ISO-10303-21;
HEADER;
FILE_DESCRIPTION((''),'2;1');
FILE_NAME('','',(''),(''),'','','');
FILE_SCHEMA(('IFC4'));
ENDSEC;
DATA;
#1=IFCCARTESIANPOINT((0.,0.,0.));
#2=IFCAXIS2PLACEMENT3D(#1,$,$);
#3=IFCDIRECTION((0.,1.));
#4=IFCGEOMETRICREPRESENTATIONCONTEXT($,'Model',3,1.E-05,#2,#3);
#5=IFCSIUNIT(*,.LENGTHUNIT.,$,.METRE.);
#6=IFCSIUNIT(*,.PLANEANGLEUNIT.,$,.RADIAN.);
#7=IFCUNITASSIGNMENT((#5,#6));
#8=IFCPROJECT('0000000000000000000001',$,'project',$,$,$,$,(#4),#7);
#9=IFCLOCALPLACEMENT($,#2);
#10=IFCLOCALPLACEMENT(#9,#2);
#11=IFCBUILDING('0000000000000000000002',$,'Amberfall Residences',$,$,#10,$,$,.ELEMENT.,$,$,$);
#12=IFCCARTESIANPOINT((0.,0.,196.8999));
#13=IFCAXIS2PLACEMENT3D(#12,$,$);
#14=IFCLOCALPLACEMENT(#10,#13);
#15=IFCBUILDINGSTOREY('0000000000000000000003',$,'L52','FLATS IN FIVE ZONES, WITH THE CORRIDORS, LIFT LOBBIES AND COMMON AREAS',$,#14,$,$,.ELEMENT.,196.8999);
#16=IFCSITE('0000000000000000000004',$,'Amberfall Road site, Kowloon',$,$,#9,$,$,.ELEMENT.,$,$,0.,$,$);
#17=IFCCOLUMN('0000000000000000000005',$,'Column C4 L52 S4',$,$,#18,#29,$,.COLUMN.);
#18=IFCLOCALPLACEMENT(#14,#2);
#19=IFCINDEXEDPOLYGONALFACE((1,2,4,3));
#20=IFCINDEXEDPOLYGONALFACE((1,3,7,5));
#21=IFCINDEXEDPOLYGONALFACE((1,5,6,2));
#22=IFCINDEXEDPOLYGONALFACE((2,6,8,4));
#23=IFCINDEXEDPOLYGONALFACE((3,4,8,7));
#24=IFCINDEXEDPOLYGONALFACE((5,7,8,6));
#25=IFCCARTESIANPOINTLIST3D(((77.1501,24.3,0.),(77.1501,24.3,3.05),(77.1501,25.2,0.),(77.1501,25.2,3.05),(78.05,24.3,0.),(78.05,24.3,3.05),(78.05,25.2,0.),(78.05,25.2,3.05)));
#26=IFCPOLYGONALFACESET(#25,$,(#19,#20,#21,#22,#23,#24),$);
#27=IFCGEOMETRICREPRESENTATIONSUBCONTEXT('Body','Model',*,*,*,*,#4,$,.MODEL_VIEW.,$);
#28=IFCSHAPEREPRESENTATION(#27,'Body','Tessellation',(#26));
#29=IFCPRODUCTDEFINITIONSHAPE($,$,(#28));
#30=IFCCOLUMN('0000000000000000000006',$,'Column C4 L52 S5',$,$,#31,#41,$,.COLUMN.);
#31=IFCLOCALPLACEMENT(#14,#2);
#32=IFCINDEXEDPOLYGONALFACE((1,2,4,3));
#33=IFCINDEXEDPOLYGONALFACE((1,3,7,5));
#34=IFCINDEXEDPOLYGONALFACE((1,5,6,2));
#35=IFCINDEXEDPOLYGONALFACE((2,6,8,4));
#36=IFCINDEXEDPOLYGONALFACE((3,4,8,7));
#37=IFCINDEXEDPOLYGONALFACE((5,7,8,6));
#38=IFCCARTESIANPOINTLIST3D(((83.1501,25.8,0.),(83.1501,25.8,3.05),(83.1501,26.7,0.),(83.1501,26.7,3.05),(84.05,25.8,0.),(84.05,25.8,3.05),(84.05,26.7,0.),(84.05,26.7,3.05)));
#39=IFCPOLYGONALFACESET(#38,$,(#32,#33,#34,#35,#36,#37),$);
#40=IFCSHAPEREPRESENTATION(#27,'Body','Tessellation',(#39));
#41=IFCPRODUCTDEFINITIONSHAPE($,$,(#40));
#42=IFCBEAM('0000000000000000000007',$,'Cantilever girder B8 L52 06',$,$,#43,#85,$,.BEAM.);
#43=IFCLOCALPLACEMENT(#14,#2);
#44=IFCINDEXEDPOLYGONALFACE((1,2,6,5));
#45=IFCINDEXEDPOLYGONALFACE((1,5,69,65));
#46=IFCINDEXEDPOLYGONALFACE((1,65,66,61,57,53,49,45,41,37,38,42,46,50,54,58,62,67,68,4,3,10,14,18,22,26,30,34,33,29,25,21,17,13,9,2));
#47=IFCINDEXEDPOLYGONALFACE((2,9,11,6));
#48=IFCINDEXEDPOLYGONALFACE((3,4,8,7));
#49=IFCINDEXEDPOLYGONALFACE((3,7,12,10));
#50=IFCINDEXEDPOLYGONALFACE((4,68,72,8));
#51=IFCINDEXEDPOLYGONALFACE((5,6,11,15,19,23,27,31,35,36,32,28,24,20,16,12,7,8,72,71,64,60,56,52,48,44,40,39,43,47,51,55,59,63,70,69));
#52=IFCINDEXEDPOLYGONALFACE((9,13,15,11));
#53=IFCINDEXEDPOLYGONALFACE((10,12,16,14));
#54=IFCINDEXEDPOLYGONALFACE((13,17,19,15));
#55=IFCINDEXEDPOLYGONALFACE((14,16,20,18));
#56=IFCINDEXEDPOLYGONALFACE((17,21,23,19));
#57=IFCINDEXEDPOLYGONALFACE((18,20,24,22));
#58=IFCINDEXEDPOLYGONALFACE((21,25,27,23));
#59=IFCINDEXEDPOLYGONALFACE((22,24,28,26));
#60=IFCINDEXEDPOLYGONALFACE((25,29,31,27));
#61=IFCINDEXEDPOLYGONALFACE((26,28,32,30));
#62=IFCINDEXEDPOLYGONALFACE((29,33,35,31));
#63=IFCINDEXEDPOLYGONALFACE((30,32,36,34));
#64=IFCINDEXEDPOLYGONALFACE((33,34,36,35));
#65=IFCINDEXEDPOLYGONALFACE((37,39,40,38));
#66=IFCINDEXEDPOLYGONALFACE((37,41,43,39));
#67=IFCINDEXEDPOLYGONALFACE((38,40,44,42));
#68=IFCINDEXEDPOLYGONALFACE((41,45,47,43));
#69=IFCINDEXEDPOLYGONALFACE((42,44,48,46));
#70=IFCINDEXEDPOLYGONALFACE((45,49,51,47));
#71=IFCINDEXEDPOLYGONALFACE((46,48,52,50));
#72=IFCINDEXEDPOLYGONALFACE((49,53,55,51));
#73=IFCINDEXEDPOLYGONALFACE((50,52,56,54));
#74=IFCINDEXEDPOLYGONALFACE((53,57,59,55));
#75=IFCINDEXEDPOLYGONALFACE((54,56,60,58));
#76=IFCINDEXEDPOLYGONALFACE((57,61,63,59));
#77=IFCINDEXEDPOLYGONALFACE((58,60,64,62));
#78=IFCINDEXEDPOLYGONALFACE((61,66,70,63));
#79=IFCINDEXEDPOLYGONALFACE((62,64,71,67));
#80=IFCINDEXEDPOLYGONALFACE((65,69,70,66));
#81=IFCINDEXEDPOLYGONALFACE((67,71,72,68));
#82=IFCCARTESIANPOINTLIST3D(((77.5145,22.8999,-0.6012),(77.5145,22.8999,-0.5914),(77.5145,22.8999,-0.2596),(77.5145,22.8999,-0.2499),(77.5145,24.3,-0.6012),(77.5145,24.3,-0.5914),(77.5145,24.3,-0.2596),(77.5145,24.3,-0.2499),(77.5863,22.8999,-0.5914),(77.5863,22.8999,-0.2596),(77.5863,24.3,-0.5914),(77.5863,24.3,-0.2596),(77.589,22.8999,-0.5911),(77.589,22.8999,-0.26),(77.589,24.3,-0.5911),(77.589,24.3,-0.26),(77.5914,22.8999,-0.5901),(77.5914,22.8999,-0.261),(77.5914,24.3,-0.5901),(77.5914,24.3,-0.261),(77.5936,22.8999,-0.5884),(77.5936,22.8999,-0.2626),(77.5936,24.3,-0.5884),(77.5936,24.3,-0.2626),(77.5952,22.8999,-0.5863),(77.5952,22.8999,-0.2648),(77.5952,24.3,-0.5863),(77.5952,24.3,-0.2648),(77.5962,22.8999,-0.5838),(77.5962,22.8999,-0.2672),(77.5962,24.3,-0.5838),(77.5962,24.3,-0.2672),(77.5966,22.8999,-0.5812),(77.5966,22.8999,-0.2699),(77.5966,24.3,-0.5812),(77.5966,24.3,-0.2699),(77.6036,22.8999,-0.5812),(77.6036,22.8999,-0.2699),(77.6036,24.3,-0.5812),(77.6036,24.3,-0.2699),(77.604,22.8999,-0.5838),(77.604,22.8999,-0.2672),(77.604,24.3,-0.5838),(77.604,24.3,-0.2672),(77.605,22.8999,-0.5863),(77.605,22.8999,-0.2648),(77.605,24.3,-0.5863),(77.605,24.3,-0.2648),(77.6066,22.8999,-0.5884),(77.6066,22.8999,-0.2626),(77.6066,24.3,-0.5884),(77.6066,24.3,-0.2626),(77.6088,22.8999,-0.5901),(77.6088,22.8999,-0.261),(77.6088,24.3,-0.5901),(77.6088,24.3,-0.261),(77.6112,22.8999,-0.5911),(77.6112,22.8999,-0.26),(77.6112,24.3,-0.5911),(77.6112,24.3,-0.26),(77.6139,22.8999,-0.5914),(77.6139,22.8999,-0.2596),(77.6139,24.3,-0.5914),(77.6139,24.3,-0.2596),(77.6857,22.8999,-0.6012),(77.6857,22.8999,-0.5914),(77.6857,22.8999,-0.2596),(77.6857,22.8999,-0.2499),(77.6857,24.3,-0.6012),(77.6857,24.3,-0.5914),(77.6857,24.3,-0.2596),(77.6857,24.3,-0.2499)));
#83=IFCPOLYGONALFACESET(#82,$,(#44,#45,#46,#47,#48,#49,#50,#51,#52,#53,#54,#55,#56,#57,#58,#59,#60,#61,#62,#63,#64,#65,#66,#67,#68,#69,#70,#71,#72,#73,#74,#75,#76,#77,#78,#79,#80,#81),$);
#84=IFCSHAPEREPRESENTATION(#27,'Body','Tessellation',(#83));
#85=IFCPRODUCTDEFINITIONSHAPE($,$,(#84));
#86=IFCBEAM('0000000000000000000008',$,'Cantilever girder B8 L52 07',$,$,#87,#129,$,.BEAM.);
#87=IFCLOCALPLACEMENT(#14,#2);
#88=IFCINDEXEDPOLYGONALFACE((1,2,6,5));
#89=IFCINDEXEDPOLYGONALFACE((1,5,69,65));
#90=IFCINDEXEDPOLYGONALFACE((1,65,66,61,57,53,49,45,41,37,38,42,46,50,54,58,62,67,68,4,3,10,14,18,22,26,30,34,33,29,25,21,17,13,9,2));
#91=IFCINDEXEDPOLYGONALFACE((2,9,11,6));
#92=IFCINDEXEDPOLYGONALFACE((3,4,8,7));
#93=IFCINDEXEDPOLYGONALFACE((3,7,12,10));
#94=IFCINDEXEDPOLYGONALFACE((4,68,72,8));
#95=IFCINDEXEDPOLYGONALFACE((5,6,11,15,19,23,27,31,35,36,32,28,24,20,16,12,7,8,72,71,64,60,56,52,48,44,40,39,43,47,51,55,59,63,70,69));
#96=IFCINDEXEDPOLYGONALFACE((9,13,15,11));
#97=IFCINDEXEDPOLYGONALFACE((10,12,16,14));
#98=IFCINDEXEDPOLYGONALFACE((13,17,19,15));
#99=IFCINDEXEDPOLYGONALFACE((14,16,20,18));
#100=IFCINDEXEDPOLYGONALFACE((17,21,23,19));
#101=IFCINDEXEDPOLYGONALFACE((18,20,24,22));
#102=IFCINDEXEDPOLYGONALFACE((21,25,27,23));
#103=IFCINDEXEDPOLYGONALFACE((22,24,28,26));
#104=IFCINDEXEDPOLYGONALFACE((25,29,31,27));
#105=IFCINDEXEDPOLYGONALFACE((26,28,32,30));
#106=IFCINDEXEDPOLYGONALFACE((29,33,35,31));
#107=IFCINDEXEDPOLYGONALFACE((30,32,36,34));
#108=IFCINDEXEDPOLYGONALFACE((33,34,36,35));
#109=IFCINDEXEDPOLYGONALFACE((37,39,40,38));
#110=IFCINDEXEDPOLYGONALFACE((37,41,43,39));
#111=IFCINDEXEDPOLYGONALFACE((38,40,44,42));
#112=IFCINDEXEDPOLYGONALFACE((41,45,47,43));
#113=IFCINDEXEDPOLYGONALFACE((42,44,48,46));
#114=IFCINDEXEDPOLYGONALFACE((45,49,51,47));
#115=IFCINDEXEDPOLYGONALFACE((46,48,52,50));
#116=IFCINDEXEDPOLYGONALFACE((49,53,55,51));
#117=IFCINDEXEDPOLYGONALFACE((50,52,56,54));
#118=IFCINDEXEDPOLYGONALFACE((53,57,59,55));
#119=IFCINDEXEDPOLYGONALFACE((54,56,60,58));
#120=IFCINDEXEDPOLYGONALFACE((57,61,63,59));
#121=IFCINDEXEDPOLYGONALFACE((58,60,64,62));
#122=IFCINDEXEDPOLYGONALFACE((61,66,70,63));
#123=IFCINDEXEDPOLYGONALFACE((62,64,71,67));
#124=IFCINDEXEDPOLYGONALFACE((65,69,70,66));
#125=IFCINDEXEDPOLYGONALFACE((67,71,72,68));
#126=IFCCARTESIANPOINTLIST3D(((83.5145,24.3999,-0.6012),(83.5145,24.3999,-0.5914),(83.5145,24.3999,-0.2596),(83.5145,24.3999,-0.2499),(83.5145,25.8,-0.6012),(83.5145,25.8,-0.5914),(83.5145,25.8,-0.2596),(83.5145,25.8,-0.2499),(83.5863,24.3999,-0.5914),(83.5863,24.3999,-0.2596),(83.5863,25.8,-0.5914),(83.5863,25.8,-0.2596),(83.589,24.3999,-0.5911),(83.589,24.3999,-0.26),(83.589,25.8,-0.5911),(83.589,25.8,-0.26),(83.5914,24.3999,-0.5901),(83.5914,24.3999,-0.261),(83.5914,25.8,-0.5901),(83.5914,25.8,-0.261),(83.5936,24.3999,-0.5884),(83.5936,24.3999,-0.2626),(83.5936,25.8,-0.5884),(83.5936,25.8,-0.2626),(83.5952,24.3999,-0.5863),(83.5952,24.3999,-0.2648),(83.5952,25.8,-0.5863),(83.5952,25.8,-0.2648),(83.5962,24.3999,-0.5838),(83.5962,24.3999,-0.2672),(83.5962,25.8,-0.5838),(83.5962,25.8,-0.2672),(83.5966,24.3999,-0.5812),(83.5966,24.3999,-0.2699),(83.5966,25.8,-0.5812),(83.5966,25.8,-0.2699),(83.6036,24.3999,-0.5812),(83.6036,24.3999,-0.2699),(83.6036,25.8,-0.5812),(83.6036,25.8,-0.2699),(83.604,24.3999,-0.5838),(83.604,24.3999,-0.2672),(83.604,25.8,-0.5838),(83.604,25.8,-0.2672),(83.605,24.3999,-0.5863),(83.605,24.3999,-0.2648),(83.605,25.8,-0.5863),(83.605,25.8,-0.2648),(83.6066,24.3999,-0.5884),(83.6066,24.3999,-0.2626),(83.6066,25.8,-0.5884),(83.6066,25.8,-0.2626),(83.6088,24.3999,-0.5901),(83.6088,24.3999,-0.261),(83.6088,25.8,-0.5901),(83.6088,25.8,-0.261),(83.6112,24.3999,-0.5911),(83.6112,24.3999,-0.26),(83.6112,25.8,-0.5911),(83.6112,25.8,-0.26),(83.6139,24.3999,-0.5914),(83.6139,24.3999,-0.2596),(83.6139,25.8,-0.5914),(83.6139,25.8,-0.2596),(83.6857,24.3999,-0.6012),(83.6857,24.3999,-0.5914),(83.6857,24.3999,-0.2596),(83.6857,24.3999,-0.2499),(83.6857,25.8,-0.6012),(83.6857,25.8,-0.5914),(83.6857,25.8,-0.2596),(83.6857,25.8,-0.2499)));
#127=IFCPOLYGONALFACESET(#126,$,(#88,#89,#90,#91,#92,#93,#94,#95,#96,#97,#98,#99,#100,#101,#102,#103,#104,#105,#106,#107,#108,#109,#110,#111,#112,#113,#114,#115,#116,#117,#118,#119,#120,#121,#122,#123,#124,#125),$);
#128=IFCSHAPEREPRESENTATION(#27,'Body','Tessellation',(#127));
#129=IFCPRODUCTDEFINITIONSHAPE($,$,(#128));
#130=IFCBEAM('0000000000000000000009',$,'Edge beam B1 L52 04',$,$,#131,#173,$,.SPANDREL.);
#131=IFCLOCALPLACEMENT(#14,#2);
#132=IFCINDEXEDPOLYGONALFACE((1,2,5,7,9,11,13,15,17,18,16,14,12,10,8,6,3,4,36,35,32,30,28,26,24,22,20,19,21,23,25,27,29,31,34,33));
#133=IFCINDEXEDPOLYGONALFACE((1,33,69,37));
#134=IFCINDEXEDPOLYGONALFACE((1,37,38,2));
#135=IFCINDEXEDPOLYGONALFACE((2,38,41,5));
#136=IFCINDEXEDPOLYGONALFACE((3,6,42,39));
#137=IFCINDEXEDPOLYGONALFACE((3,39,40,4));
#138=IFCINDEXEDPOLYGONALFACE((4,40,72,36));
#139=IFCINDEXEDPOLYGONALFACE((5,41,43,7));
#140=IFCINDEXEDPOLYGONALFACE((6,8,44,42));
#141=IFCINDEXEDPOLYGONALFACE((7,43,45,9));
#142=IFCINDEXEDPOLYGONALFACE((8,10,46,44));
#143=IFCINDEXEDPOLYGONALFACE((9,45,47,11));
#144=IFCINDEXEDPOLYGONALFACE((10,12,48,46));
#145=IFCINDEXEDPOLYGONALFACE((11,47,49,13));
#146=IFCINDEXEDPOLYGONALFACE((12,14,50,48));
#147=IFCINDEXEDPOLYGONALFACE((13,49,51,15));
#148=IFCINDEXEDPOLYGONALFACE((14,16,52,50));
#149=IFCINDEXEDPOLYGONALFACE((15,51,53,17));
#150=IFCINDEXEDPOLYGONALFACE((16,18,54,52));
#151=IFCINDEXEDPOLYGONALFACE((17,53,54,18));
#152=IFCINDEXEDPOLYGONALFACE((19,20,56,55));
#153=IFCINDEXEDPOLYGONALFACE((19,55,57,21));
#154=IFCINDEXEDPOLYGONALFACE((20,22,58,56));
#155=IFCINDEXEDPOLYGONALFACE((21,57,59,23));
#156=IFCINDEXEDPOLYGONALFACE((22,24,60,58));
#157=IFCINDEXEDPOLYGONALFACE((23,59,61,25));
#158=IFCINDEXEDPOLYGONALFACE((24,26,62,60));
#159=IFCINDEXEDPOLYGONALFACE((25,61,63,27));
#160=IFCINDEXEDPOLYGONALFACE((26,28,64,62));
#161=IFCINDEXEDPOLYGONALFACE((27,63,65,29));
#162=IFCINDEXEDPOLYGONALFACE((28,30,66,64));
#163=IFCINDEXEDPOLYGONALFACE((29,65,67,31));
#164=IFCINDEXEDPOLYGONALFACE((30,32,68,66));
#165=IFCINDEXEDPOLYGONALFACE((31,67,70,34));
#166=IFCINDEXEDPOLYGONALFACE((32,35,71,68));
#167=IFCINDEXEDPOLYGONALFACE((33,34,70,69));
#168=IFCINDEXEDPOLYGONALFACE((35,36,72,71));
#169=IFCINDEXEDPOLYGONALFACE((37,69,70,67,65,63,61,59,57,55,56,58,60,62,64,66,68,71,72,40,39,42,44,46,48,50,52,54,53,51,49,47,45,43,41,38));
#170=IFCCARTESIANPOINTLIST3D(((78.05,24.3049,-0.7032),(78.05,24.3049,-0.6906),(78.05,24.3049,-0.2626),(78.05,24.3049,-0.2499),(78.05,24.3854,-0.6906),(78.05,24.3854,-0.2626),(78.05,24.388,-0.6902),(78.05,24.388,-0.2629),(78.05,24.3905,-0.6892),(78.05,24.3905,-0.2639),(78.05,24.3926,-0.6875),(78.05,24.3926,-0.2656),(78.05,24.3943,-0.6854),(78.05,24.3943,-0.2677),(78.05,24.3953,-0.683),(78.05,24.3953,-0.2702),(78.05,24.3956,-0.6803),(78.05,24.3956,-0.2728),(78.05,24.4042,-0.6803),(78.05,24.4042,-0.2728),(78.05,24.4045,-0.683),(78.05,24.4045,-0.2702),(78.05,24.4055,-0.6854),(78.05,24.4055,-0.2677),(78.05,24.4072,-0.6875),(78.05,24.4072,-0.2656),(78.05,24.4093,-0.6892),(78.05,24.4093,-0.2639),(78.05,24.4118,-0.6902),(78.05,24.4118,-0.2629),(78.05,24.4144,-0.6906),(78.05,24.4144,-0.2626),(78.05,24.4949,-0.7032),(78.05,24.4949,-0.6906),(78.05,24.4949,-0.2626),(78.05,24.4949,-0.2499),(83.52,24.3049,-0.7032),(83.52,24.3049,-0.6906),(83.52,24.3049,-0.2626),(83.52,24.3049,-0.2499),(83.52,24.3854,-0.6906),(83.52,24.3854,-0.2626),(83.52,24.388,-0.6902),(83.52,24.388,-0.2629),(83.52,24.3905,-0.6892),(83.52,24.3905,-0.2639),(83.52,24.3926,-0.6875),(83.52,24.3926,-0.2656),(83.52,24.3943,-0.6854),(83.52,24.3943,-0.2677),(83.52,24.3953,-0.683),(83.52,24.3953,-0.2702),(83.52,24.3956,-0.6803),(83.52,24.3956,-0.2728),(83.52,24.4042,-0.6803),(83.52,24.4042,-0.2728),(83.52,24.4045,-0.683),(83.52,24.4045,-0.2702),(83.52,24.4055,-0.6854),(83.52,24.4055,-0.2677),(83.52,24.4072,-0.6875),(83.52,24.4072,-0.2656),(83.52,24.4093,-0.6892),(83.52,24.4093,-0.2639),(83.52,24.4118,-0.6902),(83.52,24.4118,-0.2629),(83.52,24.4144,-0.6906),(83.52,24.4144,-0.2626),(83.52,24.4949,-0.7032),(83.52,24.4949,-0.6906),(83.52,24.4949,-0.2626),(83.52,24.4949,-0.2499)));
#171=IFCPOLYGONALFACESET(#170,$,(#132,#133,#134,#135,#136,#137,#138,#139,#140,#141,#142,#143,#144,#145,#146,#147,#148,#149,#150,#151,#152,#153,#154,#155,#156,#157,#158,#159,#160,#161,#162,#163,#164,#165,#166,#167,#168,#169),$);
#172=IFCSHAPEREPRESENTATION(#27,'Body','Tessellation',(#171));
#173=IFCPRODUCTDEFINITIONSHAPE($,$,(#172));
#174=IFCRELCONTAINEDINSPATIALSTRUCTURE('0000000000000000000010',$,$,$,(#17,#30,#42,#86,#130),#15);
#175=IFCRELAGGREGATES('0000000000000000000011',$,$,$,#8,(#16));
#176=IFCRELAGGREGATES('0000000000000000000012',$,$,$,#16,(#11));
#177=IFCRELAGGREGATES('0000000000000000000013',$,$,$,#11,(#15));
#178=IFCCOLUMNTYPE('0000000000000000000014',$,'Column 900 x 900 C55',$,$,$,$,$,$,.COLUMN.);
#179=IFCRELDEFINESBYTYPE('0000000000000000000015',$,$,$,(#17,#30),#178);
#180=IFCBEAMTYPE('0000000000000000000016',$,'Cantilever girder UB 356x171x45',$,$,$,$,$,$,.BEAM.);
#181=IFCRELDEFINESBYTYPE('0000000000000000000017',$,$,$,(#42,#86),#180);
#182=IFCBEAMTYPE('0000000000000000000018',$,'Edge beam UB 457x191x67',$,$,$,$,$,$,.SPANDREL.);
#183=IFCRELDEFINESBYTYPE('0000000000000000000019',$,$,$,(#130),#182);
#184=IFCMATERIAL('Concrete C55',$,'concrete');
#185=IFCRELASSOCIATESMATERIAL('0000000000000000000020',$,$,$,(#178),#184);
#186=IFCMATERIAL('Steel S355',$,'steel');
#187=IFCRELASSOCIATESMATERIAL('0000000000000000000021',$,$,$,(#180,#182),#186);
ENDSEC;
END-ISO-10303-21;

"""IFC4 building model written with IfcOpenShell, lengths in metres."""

from ifc_helpers import new_model, si_unit, direction, frame, origin, origin_2d, place, context, subcontext, project, spatial, rectangle, i_section, extrude, material, material_profile, profile_set, type_object, element, save


model = new_model("IFC4")

# Units and contexts
model_context = context("Model", 3, precision=1e-05, world=origin(), true_north=direction((0.0, 1.0)))
body_context = subcontext(model_context, "Body", "Model", "MODEL_VIEW")
ifc_project = project(units=[si_unit("LENGTHUNIT", "METRE"), si_unit("PLANEANGLEUNIT", "RADIAN")], contexts=[model_context])

# Site, building, storey
site_placement = place(None, origin())
site = spatial("IfcSite", under=ifc_project, at=site_placement, Name="Amberfall Road site, Kowloon", CompositionType="ELEMENT", RefElevation=0.0)
building_placement = place(site_placement, origin())
building = spatial("IfcBuilding", under=site, at=building_placement, Name="Amberfall Residences", CompositionType="ELEMENT")
storey_placement = place(building_placement, frame((0.0, 0.0, 196.8999)))
storey = spatial("IfcBuildingStorey", under=building, at=storey_placement, Name="L52", Description="FLATS IN FIVE ZONES, WITH THE CORRIDORS, LIFT LOBBIES AND COMMON AREAS", CompositionType="ELEMENT", Elevation=196.8999)

# Columns
ifc_material_1 = material(Name="Concrete C55", Category="concrete")
ifc_material_profile_1 = material_profile(ifc_material_1, rectangle(XDim=0.8999, YDim=0.8999, at=origin_2d()), Name="Column 900 x 900 C55")
ifc_profile_set_1 = profile_set([ifc_material_profile_1], Name="Concrete C55")
column_type = type_object("IfcColumnType", Name="Column 900 x 900 C55", PredefinedType="COLUMN", material=ifc_profile_set_1)
for number, where, z_axis, x_axis, name in (
    (1, (77.6001, 24.75, 0.0), (0.0, 0.0, 1.0), (1.0, 0.0, 0.0), "Column C4 L52 S4"),
    (2, (83.6001, 26.25, 0.0), (0.0, 0.0, 1.0), (1.0, 0.0, 0.0), "Column C4 L52 S5"),
):
    element("IfcColumn", number, at=place(storey_placement, frame(where, z_axis=z_axis, x_axis=x_axis)), inside=storey, type_object=column_type, Name=name, PredefinedType="COLUMN", context=body_context, shape_type="SweptSolid", body=[
        extrude(rectangle(XDim=0.8999, YDim=0.8999, at=origin_2d()), origin(), (0.0, 0.0, 1.0), 3.05),
    ])

# Beams
ifc_material_2 = material(Name="Steel S355", Category="steel")
ifc_material_profile_2 = material_profile(ifc_material_2, i_section(OverallWidth=0.1711, OverallDepth=0.3513, WebThickness=0.0071, FlangeThickness=0.0098, FilletRadius=0.0103, at=origin_2d()), Name="UB 356x171x45")
ifc_profile_set_2 = profile_set([ifc_material_profile_2], Name="Steel S355")
beam_type_1 = type_object("IfcBeamType", Name="Cantilever girder UB 356x171x45", PredefinedType="BEAM", material=ifc_profile_set_2)
for number, where, z_axis, x_axis, name in (
    (3, (77.6001, 24.3, -0.4255), (0.0, -1.0, 0.0), (1.0, 0.0, 0.0), "Cantilever girder B8 L52 06"),
    (4, (83.6001, 25.8, -0.4255), (0.0, -1.0, 0.0), (1.0, 0.0, 0.0), "Cantilever girder B8 L52 07"),
):
    element("IfcBeam", number, at=place(storey_placement, frame(where, z_axis=z_axis, x_axis=x_axis)), inside=storey, type_object=beam_type_1, Name=name, PredefinedType="BEAM", context=body_context, shape_type="SweptSolid", body=[
        extrude(i_section(OverallWidth=0.1711, OverallDepth=0.3513, WebThickness=0.0071, FlangeThickness=0.0098, FilletRadius=0.0103, at=origin_2d()), origin(), (0.0, 0.0, 1.0), 1.4001),
    ])
ifc_material_profile_3 = material_profile(ifc_material_2, i_section(OverallWidth=0.1899, OverallDepth=0.4534, WebThickness=0.0085, FlangeThickness=0.0127, FilletRadius=0.0103, at=origin_2d()), Name="UB 457x191x67")
ifc_profile_set_3 = profile_set([ifc_material_profile_3], Name="Steel S355")
beam_type_2 = type_object("IfcBeamType", Name="Edge beam UB 457x191x67", PredefinedType="SPANDREL", material=ifc_profile_set_3)
beam_1_placement = place(storey_placement, frame((78.05, 24.3999, -0.4766), z_axis=(1.0, 0.0, 0.0), x_axis=(0.0, 1.0, 0.0)))
element("IfcBeam", 5, at=beam_1_placement, inside=storey, type_object=beam_type_2, Name="Edge beam B1 L52 04", PredefinedType="SPANDREL", context=body_context, shape_type="SweptSolid", body=[
    extrude(i_section(OverallWidth=0.1899, OverallDepth=0.4534, WebThickness=0.0085, FlangeThickness=0.0127, FilletRadius=0.0103, at=origin_2d()), origin(), (0.0, 0.0, 1.0), 5.47),
])

save(model, "model.ifc")
